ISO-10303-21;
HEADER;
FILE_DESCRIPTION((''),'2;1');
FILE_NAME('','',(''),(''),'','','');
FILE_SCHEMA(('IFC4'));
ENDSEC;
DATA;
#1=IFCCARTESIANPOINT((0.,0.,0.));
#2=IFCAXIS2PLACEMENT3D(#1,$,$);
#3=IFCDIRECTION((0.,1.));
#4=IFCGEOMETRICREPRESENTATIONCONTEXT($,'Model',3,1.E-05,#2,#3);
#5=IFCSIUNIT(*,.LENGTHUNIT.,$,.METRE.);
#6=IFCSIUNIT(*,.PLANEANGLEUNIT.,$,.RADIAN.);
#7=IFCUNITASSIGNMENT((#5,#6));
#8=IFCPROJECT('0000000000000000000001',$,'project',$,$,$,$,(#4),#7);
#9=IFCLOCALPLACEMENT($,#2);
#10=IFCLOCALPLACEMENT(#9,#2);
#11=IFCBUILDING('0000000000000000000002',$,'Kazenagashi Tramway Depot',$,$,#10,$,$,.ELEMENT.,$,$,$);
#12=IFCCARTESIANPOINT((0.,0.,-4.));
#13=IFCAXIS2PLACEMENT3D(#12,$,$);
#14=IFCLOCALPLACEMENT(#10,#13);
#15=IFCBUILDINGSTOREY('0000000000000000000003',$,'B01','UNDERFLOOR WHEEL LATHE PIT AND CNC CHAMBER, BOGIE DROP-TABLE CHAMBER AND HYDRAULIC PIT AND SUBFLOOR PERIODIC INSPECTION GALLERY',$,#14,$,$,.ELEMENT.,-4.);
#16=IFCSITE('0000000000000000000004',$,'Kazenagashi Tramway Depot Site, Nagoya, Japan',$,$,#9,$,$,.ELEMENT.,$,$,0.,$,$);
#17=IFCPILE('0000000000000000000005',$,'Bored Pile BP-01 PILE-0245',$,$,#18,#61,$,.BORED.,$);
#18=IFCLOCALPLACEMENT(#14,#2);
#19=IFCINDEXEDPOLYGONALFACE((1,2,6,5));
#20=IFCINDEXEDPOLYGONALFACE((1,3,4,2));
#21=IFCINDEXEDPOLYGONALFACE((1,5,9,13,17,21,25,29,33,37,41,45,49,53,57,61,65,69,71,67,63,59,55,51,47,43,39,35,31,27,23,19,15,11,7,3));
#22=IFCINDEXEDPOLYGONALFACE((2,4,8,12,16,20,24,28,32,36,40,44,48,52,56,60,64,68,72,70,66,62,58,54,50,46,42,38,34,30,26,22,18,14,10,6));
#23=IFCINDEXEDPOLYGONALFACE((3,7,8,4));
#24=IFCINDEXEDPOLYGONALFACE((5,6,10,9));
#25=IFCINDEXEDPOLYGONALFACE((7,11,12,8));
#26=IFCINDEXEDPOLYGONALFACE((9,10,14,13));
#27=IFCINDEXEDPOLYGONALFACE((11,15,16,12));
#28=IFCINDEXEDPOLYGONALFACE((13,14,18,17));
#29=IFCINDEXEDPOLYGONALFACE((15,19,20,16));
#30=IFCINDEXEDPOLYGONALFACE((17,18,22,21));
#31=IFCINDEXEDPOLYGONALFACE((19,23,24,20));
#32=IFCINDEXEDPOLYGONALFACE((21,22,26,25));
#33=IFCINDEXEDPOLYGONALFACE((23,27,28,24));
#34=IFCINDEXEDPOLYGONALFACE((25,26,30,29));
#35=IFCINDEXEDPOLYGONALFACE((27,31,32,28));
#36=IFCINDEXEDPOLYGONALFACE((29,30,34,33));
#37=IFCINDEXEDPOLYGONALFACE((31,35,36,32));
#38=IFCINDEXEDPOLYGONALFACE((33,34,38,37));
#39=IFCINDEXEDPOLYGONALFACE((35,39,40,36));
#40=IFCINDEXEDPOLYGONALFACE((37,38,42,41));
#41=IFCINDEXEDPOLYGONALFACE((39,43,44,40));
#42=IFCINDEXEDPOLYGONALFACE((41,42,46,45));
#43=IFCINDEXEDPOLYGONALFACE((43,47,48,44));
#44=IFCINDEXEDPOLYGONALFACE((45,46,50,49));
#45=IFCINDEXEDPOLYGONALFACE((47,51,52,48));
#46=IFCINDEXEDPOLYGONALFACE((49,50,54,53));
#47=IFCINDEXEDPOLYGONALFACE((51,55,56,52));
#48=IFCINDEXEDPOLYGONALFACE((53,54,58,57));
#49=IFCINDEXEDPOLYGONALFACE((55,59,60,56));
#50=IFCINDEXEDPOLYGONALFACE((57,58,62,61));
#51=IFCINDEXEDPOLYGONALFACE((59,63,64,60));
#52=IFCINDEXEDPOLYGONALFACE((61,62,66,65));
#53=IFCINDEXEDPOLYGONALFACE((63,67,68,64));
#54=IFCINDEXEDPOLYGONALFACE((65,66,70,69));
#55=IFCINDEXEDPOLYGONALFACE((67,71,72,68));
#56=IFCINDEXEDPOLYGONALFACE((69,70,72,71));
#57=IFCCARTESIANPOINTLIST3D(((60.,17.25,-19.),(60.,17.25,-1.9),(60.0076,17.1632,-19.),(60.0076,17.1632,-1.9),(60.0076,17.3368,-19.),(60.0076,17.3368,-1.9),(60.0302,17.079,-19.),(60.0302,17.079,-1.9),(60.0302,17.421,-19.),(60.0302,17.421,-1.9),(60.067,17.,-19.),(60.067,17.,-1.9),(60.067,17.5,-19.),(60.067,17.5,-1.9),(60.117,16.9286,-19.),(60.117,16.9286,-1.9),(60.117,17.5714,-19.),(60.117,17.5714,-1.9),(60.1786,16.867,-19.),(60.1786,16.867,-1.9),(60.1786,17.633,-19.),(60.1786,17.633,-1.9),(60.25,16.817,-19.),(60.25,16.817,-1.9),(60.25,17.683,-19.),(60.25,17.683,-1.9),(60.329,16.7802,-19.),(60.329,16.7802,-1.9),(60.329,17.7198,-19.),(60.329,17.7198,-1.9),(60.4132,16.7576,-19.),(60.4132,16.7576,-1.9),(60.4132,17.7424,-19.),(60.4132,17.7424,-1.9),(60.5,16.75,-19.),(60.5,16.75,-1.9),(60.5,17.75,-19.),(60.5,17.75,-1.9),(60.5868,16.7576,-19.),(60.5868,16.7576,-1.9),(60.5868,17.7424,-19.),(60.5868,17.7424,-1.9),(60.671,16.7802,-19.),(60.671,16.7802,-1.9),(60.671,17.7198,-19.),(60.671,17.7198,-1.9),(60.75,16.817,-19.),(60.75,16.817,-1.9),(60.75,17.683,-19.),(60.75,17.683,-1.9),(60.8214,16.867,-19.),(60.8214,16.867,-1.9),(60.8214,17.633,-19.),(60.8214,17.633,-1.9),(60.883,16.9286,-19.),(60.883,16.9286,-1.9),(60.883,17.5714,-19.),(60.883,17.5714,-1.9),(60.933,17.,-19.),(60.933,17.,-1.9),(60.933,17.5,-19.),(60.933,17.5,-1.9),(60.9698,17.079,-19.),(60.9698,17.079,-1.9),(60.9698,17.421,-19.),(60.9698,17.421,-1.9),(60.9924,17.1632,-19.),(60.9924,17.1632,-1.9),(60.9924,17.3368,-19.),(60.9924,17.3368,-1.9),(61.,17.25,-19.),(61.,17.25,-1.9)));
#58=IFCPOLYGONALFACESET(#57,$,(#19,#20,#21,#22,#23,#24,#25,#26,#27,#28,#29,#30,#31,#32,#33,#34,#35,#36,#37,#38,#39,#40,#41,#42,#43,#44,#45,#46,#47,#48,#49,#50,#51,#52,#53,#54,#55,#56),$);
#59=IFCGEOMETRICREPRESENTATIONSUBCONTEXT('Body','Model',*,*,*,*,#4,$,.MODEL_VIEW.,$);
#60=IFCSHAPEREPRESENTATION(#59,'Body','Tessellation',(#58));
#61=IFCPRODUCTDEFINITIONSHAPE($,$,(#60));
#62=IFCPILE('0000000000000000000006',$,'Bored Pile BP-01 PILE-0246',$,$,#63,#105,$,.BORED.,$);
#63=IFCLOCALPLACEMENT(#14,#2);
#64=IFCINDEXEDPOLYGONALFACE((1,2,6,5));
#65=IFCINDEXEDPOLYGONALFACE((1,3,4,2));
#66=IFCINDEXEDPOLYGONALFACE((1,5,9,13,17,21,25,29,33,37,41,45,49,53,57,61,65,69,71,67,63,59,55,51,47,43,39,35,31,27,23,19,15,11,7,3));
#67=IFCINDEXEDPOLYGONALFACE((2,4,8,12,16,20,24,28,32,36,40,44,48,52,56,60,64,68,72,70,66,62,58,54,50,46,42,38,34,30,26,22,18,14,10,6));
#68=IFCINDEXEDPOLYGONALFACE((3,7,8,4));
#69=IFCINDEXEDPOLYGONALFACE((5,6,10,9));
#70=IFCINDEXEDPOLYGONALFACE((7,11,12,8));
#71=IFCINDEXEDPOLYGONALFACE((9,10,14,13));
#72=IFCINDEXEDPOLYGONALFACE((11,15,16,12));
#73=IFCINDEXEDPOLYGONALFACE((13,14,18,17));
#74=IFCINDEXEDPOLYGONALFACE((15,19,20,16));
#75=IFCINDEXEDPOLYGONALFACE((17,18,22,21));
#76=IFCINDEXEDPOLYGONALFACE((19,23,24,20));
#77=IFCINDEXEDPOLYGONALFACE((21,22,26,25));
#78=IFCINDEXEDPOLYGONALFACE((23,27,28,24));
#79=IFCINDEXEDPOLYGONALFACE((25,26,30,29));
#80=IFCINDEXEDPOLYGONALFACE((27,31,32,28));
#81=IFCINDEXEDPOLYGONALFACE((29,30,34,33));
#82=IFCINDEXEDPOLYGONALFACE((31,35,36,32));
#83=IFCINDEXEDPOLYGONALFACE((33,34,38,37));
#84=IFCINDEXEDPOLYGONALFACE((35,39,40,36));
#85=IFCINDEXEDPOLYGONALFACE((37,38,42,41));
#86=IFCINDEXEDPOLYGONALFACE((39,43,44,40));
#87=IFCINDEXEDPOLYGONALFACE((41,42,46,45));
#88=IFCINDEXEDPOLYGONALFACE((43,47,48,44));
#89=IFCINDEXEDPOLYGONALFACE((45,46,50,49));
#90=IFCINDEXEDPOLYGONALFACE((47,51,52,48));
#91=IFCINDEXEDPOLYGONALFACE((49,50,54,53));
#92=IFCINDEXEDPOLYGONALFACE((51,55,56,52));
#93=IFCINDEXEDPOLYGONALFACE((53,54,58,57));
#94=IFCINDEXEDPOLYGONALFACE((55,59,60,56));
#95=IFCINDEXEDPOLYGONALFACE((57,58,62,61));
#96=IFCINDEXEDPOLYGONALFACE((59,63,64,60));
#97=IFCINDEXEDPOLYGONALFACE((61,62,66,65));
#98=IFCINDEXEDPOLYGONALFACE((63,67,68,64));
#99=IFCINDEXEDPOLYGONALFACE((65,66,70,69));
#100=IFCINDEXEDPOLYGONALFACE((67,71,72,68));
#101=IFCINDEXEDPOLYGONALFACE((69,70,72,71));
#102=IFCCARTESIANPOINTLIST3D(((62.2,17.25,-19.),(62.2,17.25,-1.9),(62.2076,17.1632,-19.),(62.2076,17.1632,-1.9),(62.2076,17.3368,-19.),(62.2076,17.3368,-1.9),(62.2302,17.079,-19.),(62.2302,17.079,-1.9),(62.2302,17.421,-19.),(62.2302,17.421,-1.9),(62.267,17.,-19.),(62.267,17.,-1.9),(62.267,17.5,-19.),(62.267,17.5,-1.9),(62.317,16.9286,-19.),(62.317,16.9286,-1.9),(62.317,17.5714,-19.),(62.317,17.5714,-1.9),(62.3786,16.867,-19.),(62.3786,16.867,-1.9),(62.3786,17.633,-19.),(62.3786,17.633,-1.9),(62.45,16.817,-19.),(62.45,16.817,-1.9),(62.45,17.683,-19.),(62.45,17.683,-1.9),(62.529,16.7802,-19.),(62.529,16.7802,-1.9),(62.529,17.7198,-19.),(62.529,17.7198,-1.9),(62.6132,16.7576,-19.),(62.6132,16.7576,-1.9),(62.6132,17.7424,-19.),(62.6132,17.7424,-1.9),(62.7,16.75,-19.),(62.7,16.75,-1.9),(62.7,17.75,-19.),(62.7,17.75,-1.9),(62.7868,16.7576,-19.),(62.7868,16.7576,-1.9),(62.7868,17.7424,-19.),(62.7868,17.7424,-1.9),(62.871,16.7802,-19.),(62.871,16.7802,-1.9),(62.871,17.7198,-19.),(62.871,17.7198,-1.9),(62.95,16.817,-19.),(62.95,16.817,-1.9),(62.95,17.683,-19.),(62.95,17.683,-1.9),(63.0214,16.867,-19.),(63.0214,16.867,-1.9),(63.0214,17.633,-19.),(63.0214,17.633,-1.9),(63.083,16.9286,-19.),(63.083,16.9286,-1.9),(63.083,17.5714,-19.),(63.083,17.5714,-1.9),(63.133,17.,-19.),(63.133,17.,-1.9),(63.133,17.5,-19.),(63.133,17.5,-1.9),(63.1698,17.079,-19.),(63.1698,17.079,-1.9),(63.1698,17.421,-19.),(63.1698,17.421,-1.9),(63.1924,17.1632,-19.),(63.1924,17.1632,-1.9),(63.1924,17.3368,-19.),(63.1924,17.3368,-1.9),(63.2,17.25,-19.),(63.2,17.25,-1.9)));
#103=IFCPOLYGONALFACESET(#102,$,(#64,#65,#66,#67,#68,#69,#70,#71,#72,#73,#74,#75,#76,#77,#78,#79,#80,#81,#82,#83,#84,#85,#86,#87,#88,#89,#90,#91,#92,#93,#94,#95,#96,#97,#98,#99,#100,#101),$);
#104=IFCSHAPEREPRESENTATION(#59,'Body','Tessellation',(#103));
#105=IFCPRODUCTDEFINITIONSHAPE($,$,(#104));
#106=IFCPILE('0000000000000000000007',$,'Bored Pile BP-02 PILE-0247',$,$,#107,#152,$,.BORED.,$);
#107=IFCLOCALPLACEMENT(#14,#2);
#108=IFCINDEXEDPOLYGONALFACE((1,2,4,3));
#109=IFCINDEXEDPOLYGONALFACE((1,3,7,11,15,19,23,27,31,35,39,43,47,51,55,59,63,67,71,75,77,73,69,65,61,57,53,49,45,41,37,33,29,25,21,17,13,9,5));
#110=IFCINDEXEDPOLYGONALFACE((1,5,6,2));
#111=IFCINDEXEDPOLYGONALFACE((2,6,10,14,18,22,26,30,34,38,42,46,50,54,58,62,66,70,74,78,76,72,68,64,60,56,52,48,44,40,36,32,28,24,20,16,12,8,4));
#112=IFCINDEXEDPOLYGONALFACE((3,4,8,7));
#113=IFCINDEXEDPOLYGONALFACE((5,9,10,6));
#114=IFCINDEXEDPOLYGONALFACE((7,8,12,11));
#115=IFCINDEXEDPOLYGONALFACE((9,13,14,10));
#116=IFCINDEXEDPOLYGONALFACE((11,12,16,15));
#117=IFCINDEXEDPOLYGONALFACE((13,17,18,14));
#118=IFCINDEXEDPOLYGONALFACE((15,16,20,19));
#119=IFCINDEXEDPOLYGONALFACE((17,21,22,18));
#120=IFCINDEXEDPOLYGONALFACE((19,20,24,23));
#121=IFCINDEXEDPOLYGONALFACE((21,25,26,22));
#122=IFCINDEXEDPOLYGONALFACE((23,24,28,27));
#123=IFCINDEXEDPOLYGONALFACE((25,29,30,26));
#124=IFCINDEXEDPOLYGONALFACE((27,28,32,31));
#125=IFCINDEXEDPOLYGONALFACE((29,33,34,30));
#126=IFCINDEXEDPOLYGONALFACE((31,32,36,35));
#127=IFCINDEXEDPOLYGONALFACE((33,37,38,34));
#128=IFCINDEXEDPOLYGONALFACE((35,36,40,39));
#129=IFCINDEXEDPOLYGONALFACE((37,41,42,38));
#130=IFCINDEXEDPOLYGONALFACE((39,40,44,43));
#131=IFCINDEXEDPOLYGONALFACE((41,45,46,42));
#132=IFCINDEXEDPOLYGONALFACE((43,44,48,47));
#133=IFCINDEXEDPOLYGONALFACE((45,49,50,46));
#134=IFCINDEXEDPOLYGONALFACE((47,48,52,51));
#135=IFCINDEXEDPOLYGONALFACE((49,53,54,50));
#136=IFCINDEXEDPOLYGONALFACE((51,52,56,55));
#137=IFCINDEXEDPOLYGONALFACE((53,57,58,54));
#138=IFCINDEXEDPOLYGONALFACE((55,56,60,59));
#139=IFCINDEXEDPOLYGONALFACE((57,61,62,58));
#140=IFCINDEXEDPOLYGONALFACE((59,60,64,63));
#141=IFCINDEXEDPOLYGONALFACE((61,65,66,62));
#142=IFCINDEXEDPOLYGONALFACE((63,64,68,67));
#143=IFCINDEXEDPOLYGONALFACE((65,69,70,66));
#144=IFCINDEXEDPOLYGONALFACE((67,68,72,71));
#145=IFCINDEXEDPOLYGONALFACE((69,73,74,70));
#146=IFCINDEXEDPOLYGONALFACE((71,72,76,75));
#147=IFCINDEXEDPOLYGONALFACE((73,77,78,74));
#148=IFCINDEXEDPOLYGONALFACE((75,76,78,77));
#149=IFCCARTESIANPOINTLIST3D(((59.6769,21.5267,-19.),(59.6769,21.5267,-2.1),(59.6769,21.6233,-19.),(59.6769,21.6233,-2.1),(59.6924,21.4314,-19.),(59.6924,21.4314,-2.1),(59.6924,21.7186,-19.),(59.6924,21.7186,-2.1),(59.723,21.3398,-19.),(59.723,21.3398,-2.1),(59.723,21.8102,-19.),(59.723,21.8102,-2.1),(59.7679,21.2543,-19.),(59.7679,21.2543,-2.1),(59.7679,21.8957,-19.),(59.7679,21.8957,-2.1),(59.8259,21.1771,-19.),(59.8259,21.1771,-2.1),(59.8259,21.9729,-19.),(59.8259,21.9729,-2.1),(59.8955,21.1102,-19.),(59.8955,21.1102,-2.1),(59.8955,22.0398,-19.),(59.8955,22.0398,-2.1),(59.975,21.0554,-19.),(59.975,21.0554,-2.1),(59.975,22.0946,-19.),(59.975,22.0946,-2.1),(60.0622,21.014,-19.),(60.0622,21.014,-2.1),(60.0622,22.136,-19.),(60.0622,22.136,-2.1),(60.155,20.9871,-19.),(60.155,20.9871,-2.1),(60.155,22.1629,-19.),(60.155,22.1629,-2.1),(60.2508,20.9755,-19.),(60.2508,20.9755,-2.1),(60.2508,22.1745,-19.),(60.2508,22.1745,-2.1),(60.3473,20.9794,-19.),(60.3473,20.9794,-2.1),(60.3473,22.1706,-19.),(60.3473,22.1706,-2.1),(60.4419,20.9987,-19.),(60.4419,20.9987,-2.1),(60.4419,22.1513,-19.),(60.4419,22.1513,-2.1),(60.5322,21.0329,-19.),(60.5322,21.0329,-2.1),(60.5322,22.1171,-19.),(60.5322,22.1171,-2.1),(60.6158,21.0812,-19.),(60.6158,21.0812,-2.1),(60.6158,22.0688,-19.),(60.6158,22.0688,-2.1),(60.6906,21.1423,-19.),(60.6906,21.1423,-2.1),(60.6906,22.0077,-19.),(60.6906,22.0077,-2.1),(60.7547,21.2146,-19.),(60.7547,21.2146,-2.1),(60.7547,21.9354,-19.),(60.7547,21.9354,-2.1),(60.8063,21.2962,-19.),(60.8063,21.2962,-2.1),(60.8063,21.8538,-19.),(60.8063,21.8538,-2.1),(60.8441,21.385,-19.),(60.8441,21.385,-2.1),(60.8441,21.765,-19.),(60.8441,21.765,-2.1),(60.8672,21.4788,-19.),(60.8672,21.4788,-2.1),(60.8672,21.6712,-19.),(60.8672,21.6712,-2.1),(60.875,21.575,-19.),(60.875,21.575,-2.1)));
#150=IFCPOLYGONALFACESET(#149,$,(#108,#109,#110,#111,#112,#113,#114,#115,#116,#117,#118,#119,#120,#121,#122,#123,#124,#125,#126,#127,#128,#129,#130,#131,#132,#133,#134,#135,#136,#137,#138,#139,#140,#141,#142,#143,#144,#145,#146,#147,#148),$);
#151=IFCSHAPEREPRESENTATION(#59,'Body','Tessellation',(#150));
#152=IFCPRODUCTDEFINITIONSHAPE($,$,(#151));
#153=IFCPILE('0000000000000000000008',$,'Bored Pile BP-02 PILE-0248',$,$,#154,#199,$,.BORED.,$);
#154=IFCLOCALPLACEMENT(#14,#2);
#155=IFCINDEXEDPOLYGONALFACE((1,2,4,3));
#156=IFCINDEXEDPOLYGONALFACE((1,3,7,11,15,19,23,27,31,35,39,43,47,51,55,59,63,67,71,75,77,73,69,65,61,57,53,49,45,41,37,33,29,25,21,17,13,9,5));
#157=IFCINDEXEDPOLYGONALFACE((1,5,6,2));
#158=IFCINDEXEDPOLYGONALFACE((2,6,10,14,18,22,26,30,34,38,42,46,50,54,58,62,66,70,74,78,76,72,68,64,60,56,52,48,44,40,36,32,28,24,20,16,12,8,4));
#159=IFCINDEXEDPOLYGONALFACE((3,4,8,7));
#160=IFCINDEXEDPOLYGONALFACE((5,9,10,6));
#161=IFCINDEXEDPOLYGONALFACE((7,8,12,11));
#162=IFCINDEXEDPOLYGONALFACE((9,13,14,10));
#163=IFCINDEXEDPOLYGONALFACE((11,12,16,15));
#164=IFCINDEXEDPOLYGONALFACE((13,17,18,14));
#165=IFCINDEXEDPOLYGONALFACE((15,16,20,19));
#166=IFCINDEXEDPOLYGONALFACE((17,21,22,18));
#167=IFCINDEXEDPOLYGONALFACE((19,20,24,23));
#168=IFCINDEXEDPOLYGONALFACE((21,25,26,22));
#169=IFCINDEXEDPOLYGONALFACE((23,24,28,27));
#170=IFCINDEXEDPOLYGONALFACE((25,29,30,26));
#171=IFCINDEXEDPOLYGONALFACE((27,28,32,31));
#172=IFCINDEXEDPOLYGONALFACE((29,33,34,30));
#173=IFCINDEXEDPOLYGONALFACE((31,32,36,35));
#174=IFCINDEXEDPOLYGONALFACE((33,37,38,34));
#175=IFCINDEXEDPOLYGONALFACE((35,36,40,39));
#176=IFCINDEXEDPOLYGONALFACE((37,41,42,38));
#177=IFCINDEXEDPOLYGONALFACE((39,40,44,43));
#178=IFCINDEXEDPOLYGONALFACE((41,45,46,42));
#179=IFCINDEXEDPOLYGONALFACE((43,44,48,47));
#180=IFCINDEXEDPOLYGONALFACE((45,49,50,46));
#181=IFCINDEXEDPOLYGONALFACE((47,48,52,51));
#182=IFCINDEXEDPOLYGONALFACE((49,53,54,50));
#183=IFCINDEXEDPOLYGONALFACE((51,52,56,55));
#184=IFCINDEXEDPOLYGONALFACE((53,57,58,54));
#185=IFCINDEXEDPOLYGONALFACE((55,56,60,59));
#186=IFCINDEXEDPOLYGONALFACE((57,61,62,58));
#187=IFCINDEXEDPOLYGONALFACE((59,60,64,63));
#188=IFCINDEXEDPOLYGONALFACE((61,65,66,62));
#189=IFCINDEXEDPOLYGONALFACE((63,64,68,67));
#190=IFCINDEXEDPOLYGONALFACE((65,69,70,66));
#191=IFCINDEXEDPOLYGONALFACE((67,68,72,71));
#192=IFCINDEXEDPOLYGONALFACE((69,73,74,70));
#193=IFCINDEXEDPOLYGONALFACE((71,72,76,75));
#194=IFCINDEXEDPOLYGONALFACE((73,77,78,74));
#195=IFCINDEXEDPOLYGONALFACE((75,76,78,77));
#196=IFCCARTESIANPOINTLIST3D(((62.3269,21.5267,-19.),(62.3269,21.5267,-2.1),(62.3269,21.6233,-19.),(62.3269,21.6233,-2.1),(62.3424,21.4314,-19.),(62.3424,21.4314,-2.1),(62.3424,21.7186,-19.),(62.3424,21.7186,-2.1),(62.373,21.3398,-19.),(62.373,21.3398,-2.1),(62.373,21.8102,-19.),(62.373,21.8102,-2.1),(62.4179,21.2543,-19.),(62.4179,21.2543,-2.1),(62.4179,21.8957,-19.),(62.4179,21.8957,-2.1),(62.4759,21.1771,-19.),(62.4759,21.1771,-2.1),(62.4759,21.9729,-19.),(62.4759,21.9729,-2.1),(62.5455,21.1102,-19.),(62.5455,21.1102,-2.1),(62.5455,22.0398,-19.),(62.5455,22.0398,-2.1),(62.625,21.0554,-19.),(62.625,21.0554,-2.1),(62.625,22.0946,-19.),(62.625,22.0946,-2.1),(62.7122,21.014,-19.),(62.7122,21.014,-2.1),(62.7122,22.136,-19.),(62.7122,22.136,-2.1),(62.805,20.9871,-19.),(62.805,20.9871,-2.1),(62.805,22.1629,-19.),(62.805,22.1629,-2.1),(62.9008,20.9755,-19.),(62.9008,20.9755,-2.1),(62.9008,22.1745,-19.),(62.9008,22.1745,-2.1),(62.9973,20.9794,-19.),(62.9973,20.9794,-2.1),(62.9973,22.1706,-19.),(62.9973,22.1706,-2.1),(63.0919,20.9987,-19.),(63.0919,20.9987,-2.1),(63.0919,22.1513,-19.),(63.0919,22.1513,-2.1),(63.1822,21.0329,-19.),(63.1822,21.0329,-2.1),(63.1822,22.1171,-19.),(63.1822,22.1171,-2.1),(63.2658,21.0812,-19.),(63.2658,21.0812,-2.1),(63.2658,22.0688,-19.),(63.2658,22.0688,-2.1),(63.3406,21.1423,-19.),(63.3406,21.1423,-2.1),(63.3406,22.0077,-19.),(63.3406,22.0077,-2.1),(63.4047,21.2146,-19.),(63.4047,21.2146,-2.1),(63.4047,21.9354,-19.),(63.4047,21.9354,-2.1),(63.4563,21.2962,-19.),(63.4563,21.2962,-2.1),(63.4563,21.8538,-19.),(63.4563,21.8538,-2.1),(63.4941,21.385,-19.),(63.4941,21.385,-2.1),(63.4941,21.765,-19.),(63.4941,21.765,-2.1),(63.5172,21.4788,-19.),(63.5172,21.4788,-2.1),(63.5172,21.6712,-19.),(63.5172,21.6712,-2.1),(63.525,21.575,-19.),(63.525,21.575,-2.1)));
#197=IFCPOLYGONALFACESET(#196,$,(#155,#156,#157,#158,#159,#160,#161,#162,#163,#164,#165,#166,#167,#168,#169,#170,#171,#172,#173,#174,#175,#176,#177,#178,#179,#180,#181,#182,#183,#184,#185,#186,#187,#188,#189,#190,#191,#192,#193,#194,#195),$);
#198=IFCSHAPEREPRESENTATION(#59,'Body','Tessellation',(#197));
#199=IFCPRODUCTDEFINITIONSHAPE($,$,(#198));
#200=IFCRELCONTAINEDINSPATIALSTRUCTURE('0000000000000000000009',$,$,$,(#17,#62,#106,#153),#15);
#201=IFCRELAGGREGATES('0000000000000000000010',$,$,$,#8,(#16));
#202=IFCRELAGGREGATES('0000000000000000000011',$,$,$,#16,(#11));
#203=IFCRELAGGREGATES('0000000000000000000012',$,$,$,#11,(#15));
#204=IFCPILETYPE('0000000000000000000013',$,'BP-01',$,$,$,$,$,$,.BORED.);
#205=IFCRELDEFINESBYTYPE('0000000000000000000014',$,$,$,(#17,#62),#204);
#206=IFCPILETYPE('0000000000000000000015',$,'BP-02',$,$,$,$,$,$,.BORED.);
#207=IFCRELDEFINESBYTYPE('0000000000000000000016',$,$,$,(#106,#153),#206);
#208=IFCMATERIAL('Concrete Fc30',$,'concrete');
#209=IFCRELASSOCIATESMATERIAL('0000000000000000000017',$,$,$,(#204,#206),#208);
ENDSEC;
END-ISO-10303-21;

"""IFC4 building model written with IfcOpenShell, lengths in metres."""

from ifc_helpers import new_model, si_unit, direction, frame, origin, origin_2d, place, context, subcontext, project, spatial, circle, extrude, material, material_profile, profile_set, type_object, element, save


model = new_model("IFC4")

# Units and contexts
model_context = context("Model", 3, precision=1e-05, world=origin(), true_north=direction((0.0, 1.0)))
body_context = subcontext(model_context, "Body", "Model", "MODEL_VIEW")
ifc_project = project(units=[si_unit("LENGTHUNIT", "METRE"), si_unit("PLANEANGLEUNIT", "RADIAN")], contexts=[model_context])

# Site, building, storey
site_placement = place(None, origin())
site = spatial("IfcSite", under=ifc_project, at=site_placement, Name="Kazenagashi Tramway Depot Site, Nagoya, Japan", CompositionType="ELEMENT", RefElevation=0.0)
building_placement = place(site_placement, origin())
building = spatial("IfcBuilding", under=site, at=building_placement, Name="Kazenagashi Tramway Depot", CompositionType="ELEMENT")
storey_placement = place(building_placement, frame((0.0, 0.0, -4.0)))
storey = spatial("IfcBuildingStorey", under=building, at=storey_placement, Name="B01", Description="UNDERFLOOR WHEEL LATHE PIT AND CNC CHAMBER, BOGIE DROP-TABLE CHAMBER AND HYDRAULIC PIT AND SUBFLOOR PERIODIC INSPECTION GALLERY", CompositionType="ELEMENT", Elevation=-4.0)

# Piles
ifc_material_1 = material(Name="Concrete Fc30", Category="concrete")
ifc_material_profile_1 = material_profile(ifc_material_1, circle(Radius=0.5, at=origin_2d()), Name="PILE-1000")
ifc_profile_set_1 = profile_set([ifc_material_profile_1], Name="Concrete Fc30")
pile_type_1 = type_object("IfcPileType", Name="BP-01", PredefinedType="BORED", material=ifc_profile_set_1)
for number, where, z_axis, x_axis, name in (
    (1, (60.5, 17.25, -1.9), (0.0, 0.0, -1.0), (1.0, 0.0, 0.0), "Bored Pile BP-01 PILE-0245"),
    (2, (62.7, 17.25, -1.9), (0.0, 0.0, -1.0), (1.0, 0.0, 0.0), "Bored Pile BP-01 PILE-0246"),
):
    element("IfcPile", number, at=place(storey_placement, frame(where, z_axis=z_axis, x_axis=x_axis)), inside=storey, type_object=pile_type_1, Name=name, PredefinedType="BORED", context=body_context, shape_type="SweptSolid", body=[
        extrude(circle(Radius=0.5, at=origin_2d()), origin(), (0.0, 0.0, 1.0), 17.1),
    ])
ifc_material_profile_2 = material_profile(ifc_material_1, circle(Radius=0.6, at=origin_2d()), Name="PILE-1200")
ifc_profile_set_2 = profile_set([ifc_material_profile_2], Name="Concrete Fc30")
pile_type_2 = type_object("IfcPileType", Name="BP-02", PredefinedType="BORED", material=ifc_profile_set_2)
for number, where, z_axis, x_axis, name in (
    (3, (60.275, 21.575, -2.1), (0.0, 0.0, -1.0), (1.0, 0.0, 0.0), "Bored Pile BP-02 PILE-0247"),
    (4, (62.925, 21.575, -2.1), (0.0, 0.0, -1.0), (1.0, 0.0, 0.0), "Bored Pile BP-02 PILE-0248"),
):
    element("IfcPile", number, at=place(storey_placement, frame(where, z_axis=z_axis, x_axis=x_axis)), inside=storey, type_object=pile_type_2, Name=name, PredefinedType="BORED", context=body_context, shape_type="SweptSolid", body=[
        extrude(circle(Radius=0.6, at=origin_2d()), origin(), (0.0, 0.0, 1.0), 16.9),
    ])

save(model, "model.ifc")
